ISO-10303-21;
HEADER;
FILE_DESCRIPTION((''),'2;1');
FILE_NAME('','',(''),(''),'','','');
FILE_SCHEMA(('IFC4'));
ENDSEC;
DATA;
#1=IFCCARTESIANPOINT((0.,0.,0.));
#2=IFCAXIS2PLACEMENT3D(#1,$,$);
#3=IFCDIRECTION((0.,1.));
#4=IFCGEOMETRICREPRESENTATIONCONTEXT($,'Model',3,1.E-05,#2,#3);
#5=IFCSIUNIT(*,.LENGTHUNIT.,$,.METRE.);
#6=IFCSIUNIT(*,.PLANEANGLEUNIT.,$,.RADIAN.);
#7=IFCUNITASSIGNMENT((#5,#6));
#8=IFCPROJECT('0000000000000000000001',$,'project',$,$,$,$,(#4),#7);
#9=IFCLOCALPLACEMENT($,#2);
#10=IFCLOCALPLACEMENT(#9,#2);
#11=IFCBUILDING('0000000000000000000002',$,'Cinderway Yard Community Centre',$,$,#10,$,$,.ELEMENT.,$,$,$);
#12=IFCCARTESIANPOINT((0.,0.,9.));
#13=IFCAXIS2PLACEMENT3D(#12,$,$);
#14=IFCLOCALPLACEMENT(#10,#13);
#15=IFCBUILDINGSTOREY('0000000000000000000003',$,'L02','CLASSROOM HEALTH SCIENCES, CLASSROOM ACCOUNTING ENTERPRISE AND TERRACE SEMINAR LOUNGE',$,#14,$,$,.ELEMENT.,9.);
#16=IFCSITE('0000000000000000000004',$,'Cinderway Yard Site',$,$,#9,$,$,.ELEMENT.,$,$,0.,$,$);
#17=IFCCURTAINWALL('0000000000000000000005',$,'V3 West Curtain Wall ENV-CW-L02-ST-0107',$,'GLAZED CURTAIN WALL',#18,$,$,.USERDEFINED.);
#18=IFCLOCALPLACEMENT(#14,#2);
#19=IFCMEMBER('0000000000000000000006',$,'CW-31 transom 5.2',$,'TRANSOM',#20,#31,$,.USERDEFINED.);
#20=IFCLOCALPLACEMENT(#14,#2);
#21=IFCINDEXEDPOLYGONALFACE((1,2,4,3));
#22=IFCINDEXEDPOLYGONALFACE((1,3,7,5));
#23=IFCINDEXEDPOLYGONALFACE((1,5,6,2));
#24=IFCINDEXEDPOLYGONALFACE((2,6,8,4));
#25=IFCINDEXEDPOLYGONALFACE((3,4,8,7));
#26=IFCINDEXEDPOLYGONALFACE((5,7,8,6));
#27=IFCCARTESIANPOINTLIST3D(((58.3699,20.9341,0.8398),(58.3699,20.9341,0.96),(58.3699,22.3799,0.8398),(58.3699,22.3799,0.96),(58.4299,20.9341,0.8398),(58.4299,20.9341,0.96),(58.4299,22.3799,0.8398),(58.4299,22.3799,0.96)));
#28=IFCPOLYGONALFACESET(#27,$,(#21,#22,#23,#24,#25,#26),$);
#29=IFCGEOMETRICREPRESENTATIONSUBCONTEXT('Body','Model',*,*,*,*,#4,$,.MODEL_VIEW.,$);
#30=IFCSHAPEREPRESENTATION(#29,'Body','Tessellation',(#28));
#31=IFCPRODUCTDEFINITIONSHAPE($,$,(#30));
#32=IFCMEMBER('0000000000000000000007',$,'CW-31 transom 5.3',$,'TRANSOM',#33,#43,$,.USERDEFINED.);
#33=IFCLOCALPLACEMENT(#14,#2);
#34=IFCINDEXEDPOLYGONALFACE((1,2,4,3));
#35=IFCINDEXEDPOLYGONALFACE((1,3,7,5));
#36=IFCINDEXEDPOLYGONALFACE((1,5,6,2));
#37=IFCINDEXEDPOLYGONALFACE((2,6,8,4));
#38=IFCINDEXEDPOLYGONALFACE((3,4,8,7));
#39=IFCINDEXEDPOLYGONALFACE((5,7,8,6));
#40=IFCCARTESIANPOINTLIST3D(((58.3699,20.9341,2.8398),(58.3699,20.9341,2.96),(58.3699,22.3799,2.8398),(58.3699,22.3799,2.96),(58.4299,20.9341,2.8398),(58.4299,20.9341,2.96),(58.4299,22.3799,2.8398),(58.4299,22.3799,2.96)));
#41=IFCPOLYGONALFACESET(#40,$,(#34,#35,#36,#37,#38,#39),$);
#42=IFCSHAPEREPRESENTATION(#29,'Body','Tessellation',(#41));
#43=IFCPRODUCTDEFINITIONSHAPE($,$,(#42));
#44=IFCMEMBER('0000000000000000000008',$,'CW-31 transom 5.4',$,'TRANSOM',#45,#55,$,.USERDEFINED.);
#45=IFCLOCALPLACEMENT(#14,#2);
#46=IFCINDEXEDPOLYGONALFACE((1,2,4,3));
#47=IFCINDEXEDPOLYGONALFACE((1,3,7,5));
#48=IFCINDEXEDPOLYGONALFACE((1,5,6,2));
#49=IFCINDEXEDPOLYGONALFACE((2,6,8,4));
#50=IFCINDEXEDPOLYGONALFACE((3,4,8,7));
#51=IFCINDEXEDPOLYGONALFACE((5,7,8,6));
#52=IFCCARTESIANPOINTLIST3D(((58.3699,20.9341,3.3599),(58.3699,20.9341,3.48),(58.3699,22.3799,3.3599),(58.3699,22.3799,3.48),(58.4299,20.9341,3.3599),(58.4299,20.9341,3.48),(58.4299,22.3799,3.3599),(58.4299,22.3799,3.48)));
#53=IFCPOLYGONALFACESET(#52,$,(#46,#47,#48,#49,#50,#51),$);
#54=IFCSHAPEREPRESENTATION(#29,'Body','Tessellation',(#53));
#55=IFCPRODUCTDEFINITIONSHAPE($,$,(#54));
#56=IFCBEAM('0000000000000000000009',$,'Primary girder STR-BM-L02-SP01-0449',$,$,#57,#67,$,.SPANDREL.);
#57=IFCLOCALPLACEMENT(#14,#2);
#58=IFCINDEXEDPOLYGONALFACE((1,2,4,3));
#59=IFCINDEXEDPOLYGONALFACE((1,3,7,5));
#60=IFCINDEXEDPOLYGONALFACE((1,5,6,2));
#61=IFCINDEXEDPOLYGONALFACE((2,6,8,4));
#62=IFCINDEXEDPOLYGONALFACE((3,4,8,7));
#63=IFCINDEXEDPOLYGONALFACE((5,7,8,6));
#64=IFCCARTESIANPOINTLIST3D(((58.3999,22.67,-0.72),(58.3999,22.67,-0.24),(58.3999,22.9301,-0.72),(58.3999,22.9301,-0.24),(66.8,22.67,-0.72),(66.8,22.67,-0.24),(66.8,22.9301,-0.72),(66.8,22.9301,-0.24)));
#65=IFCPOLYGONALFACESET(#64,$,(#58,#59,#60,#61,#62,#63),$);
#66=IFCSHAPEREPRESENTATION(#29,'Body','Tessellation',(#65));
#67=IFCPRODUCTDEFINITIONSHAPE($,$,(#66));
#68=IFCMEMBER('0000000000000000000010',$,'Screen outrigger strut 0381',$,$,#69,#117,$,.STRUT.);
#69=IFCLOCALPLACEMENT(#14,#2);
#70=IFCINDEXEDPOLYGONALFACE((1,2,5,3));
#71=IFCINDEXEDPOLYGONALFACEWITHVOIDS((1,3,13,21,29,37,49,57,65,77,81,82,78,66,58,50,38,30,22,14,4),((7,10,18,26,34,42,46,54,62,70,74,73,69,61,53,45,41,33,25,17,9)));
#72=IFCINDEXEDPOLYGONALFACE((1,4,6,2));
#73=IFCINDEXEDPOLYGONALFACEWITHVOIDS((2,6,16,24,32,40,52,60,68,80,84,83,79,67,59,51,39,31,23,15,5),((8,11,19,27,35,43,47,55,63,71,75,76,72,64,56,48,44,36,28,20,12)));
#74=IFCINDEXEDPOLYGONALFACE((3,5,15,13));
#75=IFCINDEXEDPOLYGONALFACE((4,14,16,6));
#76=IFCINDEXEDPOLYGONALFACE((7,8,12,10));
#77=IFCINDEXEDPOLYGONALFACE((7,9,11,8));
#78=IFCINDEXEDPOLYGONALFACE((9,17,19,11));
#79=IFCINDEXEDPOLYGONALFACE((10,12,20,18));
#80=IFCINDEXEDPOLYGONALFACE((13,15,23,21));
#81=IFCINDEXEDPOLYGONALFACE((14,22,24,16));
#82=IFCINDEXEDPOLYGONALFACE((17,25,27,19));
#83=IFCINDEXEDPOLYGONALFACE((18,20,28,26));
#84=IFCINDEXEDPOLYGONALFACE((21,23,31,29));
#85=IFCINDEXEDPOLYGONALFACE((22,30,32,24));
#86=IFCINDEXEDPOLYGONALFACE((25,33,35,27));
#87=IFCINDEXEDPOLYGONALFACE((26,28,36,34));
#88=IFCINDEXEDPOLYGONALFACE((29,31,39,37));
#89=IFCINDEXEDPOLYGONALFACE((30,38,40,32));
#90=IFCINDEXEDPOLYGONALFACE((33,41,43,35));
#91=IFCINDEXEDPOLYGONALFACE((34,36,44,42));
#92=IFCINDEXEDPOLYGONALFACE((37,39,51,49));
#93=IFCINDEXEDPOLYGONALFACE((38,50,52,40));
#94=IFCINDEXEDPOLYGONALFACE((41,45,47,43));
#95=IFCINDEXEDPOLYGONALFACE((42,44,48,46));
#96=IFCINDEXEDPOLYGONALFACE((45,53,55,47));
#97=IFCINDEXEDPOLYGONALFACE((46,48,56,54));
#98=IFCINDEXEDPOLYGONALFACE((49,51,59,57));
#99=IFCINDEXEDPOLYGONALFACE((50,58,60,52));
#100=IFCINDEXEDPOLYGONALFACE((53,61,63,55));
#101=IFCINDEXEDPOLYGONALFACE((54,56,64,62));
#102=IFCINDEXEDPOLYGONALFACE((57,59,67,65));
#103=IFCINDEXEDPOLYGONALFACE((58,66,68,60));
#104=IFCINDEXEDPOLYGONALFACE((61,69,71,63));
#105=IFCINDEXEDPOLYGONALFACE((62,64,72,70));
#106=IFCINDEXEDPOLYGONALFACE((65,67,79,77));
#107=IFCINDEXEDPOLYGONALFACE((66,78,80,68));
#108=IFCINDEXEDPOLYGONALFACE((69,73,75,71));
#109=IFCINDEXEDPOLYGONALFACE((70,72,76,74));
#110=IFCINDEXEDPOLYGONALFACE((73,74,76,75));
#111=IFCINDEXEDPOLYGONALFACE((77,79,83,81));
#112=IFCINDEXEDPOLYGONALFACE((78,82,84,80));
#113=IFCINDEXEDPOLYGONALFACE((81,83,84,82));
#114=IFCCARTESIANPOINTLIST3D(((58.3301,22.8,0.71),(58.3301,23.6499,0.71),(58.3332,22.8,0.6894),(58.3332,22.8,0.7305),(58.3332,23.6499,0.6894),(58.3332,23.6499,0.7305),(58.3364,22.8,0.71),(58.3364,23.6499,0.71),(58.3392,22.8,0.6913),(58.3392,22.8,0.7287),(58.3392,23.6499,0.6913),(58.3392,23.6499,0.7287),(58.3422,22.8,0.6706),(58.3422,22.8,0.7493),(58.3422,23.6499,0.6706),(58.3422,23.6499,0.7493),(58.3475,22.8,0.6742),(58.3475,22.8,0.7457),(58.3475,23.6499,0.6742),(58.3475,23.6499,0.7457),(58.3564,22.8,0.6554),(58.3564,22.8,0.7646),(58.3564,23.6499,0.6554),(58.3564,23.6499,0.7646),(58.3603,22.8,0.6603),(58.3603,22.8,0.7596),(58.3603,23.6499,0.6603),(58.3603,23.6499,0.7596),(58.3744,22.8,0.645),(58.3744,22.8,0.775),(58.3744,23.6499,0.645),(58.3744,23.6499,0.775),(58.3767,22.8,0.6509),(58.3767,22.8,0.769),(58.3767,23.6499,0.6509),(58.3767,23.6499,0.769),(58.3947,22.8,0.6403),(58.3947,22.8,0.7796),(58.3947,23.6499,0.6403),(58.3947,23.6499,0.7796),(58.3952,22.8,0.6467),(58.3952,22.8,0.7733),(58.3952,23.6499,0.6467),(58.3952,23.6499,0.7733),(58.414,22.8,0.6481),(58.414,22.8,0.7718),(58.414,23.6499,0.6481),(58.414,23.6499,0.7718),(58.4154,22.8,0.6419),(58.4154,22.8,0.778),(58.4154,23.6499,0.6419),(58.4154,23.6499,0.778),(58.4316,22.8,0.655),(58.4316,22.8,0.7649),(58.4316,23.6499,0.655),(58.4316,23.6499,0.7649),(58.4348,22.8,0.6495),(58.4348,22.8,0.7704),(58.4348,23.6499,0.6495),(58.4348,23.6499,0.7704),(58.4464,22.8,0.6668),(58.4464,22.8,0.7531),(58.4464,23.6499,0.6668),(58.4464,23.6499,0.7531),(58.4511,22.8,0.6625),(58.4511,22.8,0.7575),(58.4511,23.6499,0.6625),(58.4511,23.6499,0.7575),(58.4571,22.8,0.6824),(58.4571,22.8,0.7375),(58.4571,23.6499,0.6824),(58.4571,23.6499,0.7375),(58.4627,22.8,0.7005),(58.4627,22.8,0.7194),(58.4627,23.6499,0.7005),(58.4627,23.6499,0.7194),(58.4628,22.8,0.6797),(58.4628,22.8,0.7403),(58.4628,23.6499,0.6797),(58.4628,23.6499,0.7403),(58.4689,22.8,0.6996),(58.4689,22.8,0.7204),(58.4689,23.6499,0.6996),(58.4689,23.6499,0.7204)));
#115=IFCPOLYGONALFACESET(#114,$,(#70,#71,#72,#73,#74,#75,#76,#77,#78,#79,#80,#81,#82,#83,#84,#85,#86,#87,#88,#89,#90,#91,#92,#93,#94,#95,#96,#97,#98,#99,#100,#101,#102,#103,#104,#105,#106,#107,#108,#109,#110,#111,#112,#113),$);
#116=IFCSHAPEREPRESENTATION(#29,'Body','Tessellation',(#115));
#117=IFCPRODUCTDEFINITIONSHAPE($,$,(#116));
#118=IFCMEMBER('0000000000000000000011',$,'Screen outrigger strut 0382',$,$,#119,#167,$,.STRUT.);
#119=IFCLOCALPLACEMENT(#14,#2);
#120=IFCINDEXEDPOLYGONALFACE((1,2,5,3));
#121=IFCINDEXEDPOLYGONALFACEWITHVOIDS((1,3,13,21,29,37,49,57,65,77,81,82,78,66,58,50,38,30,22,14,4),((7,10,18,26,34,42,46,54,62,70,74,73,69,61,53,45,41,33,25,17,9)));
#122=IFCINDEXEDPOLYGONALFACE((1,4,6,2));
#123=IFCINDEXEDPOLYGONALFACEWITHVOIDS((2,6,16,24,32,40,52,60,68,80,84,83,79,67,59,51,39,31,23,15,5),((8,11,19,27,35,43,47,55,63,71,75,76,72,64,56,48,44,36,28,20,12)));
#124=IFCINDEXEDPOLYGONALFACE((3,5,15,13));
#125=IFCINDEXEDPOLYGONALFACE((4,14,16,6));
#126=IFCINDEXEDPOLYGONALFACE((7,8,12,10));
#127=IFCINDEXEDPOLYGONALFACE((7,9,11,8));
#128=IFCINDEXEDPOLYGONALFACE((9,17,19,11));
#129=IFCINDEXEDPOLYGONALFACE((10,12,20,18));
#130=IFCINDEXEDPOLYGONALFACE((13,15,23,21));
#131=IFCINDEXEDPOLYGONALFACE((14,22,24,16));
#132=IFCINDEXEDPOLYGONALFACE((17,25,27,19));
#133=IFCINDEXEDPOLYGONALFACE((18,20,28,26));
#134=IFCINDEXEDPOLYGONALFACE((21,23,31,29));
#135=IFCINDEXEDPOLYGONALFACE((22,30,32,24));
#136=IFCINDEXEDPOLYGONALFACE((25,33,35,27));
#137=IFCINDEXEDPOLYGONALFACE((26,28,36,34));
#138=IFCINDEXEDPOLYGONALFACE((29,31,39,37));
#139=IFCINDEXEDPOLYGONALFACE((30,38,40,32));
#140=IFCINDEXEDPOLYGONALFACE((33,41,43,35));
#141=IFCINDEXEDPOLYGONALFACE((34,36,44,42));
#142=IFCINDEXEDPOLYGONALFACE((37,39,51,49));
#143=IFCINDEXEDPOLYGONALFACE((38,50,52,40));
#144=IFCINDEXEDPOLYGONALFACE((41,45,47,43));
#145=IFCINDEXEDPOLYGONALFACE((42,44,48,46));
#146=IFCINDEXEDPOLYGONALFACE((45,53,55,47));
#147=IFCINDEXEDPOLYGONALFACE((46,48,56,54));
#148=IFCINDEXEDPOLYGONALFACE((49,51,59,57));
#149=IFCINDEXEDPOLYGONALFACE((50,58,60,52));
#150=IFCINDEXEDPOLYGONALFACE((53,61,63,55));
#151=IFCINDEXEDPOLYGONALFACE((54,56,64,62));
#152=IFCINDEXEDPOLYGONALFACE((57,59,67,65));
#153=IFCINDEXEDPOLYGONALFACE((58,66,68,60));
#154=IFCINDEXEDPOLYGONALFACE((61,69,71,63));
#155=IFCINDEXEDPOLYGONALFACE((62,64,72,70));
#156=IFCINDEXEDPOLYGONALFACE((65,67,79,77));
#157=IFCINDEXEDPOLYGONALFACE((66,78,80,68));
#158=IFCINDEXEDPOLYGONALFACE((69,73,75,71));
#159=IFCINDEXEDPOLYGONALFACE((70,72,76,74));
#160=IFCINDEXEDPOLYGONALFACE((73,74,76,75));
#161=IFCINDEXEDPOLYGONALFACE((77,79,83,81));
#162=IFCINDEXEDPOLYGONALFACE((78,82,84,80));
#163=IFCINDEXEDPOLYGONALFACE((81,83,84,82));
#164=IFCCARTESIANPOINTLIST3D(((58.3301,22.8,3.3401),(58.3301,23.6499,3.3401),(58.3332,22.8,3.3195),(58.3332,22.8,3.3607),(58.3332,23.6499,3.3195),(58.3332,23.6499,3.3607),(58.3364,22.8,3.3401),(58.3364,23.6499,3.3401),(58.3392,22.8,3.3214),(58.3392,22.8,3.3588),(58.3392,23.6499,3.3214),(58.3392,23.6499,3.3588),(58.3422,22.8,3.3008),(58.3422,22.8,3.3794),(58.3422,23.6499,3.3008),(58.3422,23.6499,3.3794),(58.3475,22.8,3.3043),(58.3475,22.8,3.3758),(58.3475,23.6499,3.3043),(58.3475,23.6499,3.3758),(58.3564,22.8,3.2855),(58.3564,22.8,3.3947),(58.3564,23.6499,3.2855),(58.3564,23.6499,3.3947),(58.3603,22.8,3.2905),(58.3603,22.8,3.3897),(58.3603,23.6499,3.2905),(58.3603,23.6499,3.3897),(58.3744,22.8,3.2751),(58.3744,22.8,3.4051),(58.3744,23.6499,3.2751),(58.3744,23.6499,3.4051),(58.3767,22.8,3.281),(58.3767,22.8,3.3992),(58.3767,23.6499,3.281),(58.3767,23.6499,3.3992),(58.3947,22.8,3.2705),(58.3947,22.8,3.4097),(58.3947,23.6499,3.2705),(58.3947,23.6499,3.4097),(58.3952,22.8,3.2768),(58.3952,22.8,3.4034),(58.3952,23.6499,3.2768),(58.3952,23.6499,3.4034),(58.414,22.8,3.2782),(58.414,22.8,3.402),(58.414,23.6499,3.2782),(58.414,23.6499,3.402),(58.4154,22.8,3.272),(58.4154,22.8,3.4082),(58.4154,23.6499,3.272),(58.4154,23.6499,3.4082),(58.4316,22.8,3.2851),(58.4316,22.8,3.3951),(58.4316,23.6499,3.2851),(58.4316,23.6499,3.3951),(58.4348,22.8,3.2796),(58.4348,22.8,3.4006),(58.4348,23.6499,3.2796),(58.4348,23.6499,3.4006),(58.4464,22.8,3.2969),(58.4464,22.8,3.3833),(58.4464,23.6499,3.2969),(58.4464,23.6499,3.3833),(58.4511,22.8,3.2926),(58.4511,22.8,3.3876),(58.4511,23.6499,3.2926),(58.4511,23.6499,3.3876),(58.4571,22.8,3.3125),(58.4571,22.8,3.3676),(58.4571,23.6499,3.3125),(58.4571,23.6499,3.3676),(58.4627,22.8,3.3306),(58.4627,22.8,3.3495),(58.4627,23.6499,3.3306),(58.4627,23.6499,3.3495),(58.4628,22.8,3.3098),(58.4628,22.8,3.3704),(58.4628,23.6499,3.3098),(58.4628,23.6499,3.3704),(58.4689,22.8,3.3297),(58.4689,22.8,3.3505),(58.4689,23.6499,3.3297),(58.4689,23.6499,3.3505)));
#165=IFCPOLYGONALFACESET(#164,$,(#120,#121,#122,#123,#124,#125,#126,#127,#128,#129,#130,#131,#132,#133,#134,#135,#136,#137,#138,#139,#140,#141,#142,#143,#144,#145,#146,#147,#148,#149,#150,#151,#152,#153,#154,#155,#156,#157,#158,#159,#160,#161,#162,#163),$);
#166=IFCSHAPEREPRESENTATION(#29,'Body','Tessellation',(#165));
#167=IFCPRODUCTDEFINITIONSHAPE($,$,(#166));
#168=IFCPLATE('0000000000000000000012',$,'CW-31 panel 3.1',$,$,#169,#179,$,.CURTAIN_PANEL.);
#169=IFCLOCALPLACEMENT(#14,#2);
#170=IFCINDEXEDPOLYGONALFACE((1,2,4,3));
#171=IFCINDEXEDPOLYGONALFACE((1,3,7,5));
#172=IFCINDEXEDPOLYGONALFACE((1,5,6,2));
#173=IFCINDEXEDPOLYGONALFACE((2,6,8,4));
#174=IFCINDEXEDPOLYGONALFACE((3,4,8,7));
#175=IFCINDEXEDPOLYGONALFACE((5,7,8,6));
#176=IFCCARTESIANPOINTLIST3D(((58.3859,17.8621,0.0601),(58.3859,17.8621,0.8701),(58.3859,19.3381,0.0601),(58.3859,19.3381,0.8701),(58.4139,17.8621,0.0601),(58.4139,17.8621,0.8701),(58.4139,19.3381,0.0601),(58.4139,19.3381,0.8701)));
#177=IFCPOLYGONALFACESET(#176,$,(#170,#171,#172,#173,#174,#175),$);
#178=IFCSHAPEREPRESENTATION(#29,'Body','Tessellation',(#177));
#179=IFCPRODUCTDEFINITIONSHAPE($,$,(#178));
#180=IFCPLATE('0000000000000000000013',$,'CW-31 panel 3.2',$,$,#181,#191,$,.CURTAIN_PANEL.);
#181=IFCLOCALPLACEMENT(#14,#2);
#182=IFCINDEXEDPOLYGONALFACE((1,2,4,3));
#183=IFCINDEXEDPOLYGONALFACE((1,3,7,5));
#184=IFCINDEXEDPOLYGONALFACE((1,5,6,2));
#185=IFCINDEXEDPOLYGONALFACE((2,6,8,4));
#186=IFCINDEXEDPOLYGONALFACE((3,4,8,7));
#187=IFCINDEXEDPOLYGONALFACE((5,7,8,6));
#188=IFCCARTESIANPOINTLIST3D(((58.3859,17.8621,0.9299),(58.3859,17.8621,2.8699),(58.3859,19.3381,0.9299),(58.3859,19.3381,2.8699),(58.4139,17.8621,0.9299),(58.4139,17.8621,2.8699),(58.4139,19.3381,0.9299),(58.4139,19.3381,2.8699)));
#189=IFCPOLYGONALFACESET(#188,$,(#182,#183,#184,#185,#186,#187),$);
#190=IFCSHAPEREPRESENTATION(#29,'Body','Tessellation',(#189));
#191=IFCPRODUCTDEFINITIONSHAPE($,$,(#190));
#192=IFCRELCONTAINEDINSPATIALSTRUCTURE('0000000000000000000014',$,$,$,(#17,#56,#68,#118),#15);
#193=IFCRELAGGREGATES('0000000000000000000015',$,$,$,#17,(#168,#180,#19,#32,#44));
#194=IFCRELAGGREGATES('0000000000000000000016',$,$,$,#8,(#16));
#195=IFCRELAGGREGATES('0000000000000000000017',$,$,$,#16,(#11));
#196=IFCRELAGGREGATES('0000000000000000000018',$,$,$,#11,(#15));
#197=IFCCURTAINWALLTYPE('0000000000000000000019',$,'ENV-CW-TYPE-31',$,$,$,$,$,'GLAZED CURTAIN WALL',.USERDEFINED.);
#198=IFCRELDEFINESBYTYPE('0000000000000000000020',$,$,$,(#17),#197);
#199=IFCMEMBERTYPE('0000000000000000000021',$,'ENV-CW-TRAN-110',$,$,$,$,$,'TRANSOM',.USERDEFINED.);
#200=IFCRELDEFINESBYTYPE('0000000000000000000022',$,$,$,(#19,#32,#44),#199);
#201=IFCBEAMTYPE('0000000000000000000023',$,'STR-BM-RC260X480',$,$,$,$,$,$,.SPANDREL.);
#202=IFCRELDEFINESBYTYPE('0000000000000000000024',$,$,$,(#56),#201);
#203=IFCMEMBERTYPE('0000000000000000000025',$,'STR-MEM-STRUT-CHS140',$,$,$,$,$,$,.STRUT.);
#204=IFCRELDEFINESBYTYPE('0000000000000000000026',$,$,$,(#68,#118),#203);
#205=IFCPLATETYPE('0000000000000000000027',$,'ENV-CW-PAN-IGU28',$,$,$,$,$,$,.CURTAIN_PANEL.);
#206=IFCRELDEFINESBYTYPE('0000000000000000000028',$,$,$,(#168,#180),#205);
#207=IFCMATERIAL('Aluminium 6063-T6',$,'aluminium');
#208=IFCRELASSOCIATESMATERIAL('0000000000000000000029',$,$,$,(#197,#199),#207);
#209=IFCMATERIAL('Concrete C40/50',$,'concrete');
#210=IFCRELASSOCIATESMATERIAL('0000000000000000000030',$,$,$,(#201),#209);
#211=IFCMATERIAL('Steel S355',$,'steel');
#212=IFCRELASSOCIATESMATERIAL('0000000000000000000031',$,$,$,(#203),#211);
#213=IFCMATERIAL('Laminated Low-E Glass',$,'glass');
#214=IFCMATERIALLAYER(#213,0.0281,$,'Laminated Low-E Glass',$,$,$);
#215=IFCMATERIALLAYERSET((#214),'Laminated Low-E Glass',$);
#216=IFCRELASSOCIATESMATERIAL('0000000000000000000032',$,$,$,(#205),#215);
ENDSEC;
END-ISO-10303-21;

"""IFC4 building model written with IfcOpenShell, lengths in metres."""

from ifc_helpers import new_model, si_unit, direction, frame, origin, origin_2d, place, context, subcontext, project, spatial, rectangle, hollow_circle, extrude, material, layer, layer_set, material_profile, profile_set, type_object, element, aggregate, save


model = new_model("IFC4")

# Units and contexts
model_context = context("Model", 3, precision=1e-05, world=origin(), true_north=direction((0.0, 1.0)))
body_context = subcontext(model_context, "Body", "Model", "MODEL_VIEW")
ifc_project = project(units=[si_unit("LENGTHUNIT", "METRE"), si_unit("PLANEANGLEUNIT", "RADIAN")], contexts=[model_context])

# Site, building, storey
site_placement = place(None, origin())
site = spatial("IfcSite", under=ifc_project, at=site_placement, Name="Cinderway Yard Site", CompositionType="ELEMENT", RefElevation=0.0)
building_placement = place(site_placement, origin())
building = spatial("IfcBuilding", under=site, at=building_placement, Name="Cinderway Yard Community Centre", CompositionType="ELEMENT")
storey_placement = place(building_placement, frame((0.0, 0.0, 9.0)))
storey = spatial("IfcBuildingStorey", under=building, at=storey_placement, Name="L02", Description="CLASSROOM HEALTH SCIENCES, CLASSROOM ACCOUNTING ENTERPRISE AND TERRACE SEMINAR LOUNGE", CompositionType="ELEMENT", Elevation=9.0)

# Shared definitions
ifc_material_1 = material(Name="Concrete C40/50", Category="concrete")

# Shared definitions
ifc_material_2 = material(Name="Aluminium 6063-T6", Category="aluminium")

# Curtain wall
curtain_wall_type_1 = type_object("IfcCurtainWallType", Name="ENV-CW-TYPE-31", ElementType="GLAZED CURTAIN WALL", PredefinedType="USERDEFINED", material=ifc_material_2)
curtain_wall_1_placement = place(storey_placement, origin())
curtain_wall_1 = element("IfcCurtainWall", 1, at=curtain_wall_1_placement, inside=storey, type_object=curtain_wall_type_1, Name="V3 West Curtain Wall ENV-CW-L02-ST-0107", ObjectType="GLAZED CURTAIN WALL", PredefinedType="USERDEFINED")

# Members
ifc_material_profile_1 = material_profile(ifc_material_2, rectangle(XDim=0.0601, YDim=0.1201, at=origin_2d()), Name="Aluminium 6063-T6")
ifc_profile_set_1 = profile_set([ifc_material_profile_1], Name="Aluminium 6063-T6")
member_type_1 = type_object("IfcMemberType", Name="ENV-CW-TRAN-110", ElementType="TRANSOM", PredefinedType="USERDEFINED", material=ifc_profile_set_1)
member_1_placement = place(storey_placement, frame((58.3999, 20.9341, 0.8999), z_axis=(0.0, 1.0, 0.0), x_axis=(-1.0, 0.0, 0.0)))
member_1 = element("IfcMember", 2, at=member_1_placement, type_object=member_type_1, Name="CW-31 transom 5.2", ObjectType="TRANSOM", PredefinedType="USERDEFINED", context=body_context, shape_type="SweptSolid", body=[
    extrude(rectangle(XDim=0.0601, YDim=0.1201, at=origin_2d()), origin(), (0.0, 0.0, 1.0), 1.4458),
])
member_2_placement = place(storey_placement, frame((58.3999, 20.9341, 2.8999), z_axis=(0.0, 1.0, 0.0), x_axis=(-1.0, 0.0, 0.0)))
member_2 = element("IfcMember", 3, at=member_2_placement, type_object=member_type_1, Name="CW-31 transom 5.3", ObjectType="TRANSOM", PredefinedType="USERDEFINED", context=body_context, shape_type="SweptSolid", body=[
    extrude(rectangle(XDim=0.0601, YDim=0.1201, at=origin_2d()), origin(), (0.0, 0.0, 1.0), 1.4458),
])
member_3_placement = place(storey_placement, frame((58.3999, 20.9341, 3.4199), z_axis=(0.0, 1.0, 0.0), x_axis=(-1.0, 0.0, 0.0)))
member_3 = element("IfcMember", 4, at=member_3_placement, type_object=member_type_1, Name="CW-31 transom 5.4", ObjectType="TRANSOM", PredefinedType="USERDEFINED", context=body_context, shape_type="SweptSolid", body=[
    extrude(rectangle(XDim=0.0601, YDim=0.1201, at=origin_2d()), origin(), (0.0, 0.0, 1.0), 1.4458),
])

# Beam
ifc_material_profile_2 = material_profile(ifc_material_1, rectangle(XDim=0.26, YDim=0.48, at=origin_2d()), Name="Concrete C40/50")
ifc_profile_set_2 = profile_set([ifc_material_profile_2], Name="Concrete C40/50")
beam_type = type_object("IfcBeamType", Name="STR-BM-RC260X480", PredefinedType="SPANDREL", material=ifc_profile_set_2)
beam_placement = place(storey_placement, frame((58.3999, 22.8, -0.48), z_axis=(1.0, 0.0, 0.0), x_axis=(0.0, 1.0, 0.0)))
element("IfcBeam", 5, at=beam_placement, inside=storey, type_object=beam_type, Name="Primary girder STR-BM-L02-SP01-0449", PredefinedType="SPANDREL", context=body_context, shape_type="SweptSolid", body=[
    extrude(rectangle(XDim=0.26, YDim=0.48, at=origin_2d()), origin(), (0.0, 0.0, 1.0), 8.4001),
])

# Members
ifc_material_3 = material(Name="Steel S355", Category="steel")
ifc_material_profile_3 = material_profile(ifc_material_3, hollow_circle(Radius=0.0698, WallThickness=0.0063, at=origin_2d()), Name="Steel S355")
ifc_profile_set_3 = profile_set([ifc_material_profile_3], Name="Steel S355")
member_type_2 = type_object("IfcMemberType", Name="STR-MEM-STRUT-CHS140", PredefinedType="STRUT", material=ifc_profile_set_3)
for number, where, z_axis, x_axis, name in (
    (6, (58.3999, 22.8, 0.71), (0.0, 1.0, 0.0), (-1.0, 0.0, 0.0), "Screen outrigger strut 0381"),
    (7, (58.3999, 22.8, 3.3401), (0.0, 1.0, 0.0), (-1.0, 0.0, 0.0), "Screen outrigger strut 0382"),
):
    element("IfcMember", number, at=place(storey_placement, frame(where, z_axis=z_axis, x_axis=x_axis)), inside=storey, type_object=member_type_2, Name=name, PredefinedType="STRUT", context=body_context, shape_type="SweptSolid", body=[
        extrude(hollow_circle(Radius=0.0698, WallThickness=0.0063, at=origin_2d()), origin(), (0.0, 0.0, 1.0), 0.8499),
    ])

# Plates
ifc_material_4 = material(Name="Laminated Low-E Glass", Category="glass")
ifc_layer = layer(ifc_material_4, 0.0281, Name="Laminated Low-E Glass")
ifc_layer_set = layer_set([ifc_layer], Name="Laminated Low-E Glass")
plate_type = type_object("IfcPlateType", Name="ENV-CW-PAN-IGU28", PredefinedType="CURTAIN_PANEL", material=ifc_layer_set)
plate_1_placement = place(storey_placement, frame((58.3999, 18.6001, 0.0601), z_axis=(0.0, 0.0, 1.0), x_axis=(0.0, 1.0, 0.0)))
plate_1 = element("IfcPlate", 8, at=plate_1_placement, type_object=plate_type, Name="CW-31 panel 3.1", PredefinedType="CURTAIN_PANEL", context=body_context, shape_type="SweptSolid", body=[
    extrude(rectangle(XDim=1.4761, YDim=0.0281, at=origin_2d()), origin(), (0.0, 0.0, 1.0), 0.8101),
])
plate_2_placement = place(storey_placement, frame((58.3999, 18.6001, 0.9299), z_axis=(0.0, 0.0, 1.0), x_axis=(0.0, 1.0, 0.0)))
plate_2 = element("IfcPlate", 9, at=plate_2_placement, type_object=plate_type, Name="CW-31 panel 3.2", PredefinedType="CURTAIN_PANEL", context=body_context, shape_type="SweptSolid", body=[
    extrude(rectangle(XDim=1.4761, YDim=0.0281, at=origin_2d()), origin(), (0.0, 0.0, 1.0), 1.9399),
])
aggregate(curtain_wall_1, [plate_1, plate_2, member_1, member_2, member_3])

save(model, "model.ifc")
